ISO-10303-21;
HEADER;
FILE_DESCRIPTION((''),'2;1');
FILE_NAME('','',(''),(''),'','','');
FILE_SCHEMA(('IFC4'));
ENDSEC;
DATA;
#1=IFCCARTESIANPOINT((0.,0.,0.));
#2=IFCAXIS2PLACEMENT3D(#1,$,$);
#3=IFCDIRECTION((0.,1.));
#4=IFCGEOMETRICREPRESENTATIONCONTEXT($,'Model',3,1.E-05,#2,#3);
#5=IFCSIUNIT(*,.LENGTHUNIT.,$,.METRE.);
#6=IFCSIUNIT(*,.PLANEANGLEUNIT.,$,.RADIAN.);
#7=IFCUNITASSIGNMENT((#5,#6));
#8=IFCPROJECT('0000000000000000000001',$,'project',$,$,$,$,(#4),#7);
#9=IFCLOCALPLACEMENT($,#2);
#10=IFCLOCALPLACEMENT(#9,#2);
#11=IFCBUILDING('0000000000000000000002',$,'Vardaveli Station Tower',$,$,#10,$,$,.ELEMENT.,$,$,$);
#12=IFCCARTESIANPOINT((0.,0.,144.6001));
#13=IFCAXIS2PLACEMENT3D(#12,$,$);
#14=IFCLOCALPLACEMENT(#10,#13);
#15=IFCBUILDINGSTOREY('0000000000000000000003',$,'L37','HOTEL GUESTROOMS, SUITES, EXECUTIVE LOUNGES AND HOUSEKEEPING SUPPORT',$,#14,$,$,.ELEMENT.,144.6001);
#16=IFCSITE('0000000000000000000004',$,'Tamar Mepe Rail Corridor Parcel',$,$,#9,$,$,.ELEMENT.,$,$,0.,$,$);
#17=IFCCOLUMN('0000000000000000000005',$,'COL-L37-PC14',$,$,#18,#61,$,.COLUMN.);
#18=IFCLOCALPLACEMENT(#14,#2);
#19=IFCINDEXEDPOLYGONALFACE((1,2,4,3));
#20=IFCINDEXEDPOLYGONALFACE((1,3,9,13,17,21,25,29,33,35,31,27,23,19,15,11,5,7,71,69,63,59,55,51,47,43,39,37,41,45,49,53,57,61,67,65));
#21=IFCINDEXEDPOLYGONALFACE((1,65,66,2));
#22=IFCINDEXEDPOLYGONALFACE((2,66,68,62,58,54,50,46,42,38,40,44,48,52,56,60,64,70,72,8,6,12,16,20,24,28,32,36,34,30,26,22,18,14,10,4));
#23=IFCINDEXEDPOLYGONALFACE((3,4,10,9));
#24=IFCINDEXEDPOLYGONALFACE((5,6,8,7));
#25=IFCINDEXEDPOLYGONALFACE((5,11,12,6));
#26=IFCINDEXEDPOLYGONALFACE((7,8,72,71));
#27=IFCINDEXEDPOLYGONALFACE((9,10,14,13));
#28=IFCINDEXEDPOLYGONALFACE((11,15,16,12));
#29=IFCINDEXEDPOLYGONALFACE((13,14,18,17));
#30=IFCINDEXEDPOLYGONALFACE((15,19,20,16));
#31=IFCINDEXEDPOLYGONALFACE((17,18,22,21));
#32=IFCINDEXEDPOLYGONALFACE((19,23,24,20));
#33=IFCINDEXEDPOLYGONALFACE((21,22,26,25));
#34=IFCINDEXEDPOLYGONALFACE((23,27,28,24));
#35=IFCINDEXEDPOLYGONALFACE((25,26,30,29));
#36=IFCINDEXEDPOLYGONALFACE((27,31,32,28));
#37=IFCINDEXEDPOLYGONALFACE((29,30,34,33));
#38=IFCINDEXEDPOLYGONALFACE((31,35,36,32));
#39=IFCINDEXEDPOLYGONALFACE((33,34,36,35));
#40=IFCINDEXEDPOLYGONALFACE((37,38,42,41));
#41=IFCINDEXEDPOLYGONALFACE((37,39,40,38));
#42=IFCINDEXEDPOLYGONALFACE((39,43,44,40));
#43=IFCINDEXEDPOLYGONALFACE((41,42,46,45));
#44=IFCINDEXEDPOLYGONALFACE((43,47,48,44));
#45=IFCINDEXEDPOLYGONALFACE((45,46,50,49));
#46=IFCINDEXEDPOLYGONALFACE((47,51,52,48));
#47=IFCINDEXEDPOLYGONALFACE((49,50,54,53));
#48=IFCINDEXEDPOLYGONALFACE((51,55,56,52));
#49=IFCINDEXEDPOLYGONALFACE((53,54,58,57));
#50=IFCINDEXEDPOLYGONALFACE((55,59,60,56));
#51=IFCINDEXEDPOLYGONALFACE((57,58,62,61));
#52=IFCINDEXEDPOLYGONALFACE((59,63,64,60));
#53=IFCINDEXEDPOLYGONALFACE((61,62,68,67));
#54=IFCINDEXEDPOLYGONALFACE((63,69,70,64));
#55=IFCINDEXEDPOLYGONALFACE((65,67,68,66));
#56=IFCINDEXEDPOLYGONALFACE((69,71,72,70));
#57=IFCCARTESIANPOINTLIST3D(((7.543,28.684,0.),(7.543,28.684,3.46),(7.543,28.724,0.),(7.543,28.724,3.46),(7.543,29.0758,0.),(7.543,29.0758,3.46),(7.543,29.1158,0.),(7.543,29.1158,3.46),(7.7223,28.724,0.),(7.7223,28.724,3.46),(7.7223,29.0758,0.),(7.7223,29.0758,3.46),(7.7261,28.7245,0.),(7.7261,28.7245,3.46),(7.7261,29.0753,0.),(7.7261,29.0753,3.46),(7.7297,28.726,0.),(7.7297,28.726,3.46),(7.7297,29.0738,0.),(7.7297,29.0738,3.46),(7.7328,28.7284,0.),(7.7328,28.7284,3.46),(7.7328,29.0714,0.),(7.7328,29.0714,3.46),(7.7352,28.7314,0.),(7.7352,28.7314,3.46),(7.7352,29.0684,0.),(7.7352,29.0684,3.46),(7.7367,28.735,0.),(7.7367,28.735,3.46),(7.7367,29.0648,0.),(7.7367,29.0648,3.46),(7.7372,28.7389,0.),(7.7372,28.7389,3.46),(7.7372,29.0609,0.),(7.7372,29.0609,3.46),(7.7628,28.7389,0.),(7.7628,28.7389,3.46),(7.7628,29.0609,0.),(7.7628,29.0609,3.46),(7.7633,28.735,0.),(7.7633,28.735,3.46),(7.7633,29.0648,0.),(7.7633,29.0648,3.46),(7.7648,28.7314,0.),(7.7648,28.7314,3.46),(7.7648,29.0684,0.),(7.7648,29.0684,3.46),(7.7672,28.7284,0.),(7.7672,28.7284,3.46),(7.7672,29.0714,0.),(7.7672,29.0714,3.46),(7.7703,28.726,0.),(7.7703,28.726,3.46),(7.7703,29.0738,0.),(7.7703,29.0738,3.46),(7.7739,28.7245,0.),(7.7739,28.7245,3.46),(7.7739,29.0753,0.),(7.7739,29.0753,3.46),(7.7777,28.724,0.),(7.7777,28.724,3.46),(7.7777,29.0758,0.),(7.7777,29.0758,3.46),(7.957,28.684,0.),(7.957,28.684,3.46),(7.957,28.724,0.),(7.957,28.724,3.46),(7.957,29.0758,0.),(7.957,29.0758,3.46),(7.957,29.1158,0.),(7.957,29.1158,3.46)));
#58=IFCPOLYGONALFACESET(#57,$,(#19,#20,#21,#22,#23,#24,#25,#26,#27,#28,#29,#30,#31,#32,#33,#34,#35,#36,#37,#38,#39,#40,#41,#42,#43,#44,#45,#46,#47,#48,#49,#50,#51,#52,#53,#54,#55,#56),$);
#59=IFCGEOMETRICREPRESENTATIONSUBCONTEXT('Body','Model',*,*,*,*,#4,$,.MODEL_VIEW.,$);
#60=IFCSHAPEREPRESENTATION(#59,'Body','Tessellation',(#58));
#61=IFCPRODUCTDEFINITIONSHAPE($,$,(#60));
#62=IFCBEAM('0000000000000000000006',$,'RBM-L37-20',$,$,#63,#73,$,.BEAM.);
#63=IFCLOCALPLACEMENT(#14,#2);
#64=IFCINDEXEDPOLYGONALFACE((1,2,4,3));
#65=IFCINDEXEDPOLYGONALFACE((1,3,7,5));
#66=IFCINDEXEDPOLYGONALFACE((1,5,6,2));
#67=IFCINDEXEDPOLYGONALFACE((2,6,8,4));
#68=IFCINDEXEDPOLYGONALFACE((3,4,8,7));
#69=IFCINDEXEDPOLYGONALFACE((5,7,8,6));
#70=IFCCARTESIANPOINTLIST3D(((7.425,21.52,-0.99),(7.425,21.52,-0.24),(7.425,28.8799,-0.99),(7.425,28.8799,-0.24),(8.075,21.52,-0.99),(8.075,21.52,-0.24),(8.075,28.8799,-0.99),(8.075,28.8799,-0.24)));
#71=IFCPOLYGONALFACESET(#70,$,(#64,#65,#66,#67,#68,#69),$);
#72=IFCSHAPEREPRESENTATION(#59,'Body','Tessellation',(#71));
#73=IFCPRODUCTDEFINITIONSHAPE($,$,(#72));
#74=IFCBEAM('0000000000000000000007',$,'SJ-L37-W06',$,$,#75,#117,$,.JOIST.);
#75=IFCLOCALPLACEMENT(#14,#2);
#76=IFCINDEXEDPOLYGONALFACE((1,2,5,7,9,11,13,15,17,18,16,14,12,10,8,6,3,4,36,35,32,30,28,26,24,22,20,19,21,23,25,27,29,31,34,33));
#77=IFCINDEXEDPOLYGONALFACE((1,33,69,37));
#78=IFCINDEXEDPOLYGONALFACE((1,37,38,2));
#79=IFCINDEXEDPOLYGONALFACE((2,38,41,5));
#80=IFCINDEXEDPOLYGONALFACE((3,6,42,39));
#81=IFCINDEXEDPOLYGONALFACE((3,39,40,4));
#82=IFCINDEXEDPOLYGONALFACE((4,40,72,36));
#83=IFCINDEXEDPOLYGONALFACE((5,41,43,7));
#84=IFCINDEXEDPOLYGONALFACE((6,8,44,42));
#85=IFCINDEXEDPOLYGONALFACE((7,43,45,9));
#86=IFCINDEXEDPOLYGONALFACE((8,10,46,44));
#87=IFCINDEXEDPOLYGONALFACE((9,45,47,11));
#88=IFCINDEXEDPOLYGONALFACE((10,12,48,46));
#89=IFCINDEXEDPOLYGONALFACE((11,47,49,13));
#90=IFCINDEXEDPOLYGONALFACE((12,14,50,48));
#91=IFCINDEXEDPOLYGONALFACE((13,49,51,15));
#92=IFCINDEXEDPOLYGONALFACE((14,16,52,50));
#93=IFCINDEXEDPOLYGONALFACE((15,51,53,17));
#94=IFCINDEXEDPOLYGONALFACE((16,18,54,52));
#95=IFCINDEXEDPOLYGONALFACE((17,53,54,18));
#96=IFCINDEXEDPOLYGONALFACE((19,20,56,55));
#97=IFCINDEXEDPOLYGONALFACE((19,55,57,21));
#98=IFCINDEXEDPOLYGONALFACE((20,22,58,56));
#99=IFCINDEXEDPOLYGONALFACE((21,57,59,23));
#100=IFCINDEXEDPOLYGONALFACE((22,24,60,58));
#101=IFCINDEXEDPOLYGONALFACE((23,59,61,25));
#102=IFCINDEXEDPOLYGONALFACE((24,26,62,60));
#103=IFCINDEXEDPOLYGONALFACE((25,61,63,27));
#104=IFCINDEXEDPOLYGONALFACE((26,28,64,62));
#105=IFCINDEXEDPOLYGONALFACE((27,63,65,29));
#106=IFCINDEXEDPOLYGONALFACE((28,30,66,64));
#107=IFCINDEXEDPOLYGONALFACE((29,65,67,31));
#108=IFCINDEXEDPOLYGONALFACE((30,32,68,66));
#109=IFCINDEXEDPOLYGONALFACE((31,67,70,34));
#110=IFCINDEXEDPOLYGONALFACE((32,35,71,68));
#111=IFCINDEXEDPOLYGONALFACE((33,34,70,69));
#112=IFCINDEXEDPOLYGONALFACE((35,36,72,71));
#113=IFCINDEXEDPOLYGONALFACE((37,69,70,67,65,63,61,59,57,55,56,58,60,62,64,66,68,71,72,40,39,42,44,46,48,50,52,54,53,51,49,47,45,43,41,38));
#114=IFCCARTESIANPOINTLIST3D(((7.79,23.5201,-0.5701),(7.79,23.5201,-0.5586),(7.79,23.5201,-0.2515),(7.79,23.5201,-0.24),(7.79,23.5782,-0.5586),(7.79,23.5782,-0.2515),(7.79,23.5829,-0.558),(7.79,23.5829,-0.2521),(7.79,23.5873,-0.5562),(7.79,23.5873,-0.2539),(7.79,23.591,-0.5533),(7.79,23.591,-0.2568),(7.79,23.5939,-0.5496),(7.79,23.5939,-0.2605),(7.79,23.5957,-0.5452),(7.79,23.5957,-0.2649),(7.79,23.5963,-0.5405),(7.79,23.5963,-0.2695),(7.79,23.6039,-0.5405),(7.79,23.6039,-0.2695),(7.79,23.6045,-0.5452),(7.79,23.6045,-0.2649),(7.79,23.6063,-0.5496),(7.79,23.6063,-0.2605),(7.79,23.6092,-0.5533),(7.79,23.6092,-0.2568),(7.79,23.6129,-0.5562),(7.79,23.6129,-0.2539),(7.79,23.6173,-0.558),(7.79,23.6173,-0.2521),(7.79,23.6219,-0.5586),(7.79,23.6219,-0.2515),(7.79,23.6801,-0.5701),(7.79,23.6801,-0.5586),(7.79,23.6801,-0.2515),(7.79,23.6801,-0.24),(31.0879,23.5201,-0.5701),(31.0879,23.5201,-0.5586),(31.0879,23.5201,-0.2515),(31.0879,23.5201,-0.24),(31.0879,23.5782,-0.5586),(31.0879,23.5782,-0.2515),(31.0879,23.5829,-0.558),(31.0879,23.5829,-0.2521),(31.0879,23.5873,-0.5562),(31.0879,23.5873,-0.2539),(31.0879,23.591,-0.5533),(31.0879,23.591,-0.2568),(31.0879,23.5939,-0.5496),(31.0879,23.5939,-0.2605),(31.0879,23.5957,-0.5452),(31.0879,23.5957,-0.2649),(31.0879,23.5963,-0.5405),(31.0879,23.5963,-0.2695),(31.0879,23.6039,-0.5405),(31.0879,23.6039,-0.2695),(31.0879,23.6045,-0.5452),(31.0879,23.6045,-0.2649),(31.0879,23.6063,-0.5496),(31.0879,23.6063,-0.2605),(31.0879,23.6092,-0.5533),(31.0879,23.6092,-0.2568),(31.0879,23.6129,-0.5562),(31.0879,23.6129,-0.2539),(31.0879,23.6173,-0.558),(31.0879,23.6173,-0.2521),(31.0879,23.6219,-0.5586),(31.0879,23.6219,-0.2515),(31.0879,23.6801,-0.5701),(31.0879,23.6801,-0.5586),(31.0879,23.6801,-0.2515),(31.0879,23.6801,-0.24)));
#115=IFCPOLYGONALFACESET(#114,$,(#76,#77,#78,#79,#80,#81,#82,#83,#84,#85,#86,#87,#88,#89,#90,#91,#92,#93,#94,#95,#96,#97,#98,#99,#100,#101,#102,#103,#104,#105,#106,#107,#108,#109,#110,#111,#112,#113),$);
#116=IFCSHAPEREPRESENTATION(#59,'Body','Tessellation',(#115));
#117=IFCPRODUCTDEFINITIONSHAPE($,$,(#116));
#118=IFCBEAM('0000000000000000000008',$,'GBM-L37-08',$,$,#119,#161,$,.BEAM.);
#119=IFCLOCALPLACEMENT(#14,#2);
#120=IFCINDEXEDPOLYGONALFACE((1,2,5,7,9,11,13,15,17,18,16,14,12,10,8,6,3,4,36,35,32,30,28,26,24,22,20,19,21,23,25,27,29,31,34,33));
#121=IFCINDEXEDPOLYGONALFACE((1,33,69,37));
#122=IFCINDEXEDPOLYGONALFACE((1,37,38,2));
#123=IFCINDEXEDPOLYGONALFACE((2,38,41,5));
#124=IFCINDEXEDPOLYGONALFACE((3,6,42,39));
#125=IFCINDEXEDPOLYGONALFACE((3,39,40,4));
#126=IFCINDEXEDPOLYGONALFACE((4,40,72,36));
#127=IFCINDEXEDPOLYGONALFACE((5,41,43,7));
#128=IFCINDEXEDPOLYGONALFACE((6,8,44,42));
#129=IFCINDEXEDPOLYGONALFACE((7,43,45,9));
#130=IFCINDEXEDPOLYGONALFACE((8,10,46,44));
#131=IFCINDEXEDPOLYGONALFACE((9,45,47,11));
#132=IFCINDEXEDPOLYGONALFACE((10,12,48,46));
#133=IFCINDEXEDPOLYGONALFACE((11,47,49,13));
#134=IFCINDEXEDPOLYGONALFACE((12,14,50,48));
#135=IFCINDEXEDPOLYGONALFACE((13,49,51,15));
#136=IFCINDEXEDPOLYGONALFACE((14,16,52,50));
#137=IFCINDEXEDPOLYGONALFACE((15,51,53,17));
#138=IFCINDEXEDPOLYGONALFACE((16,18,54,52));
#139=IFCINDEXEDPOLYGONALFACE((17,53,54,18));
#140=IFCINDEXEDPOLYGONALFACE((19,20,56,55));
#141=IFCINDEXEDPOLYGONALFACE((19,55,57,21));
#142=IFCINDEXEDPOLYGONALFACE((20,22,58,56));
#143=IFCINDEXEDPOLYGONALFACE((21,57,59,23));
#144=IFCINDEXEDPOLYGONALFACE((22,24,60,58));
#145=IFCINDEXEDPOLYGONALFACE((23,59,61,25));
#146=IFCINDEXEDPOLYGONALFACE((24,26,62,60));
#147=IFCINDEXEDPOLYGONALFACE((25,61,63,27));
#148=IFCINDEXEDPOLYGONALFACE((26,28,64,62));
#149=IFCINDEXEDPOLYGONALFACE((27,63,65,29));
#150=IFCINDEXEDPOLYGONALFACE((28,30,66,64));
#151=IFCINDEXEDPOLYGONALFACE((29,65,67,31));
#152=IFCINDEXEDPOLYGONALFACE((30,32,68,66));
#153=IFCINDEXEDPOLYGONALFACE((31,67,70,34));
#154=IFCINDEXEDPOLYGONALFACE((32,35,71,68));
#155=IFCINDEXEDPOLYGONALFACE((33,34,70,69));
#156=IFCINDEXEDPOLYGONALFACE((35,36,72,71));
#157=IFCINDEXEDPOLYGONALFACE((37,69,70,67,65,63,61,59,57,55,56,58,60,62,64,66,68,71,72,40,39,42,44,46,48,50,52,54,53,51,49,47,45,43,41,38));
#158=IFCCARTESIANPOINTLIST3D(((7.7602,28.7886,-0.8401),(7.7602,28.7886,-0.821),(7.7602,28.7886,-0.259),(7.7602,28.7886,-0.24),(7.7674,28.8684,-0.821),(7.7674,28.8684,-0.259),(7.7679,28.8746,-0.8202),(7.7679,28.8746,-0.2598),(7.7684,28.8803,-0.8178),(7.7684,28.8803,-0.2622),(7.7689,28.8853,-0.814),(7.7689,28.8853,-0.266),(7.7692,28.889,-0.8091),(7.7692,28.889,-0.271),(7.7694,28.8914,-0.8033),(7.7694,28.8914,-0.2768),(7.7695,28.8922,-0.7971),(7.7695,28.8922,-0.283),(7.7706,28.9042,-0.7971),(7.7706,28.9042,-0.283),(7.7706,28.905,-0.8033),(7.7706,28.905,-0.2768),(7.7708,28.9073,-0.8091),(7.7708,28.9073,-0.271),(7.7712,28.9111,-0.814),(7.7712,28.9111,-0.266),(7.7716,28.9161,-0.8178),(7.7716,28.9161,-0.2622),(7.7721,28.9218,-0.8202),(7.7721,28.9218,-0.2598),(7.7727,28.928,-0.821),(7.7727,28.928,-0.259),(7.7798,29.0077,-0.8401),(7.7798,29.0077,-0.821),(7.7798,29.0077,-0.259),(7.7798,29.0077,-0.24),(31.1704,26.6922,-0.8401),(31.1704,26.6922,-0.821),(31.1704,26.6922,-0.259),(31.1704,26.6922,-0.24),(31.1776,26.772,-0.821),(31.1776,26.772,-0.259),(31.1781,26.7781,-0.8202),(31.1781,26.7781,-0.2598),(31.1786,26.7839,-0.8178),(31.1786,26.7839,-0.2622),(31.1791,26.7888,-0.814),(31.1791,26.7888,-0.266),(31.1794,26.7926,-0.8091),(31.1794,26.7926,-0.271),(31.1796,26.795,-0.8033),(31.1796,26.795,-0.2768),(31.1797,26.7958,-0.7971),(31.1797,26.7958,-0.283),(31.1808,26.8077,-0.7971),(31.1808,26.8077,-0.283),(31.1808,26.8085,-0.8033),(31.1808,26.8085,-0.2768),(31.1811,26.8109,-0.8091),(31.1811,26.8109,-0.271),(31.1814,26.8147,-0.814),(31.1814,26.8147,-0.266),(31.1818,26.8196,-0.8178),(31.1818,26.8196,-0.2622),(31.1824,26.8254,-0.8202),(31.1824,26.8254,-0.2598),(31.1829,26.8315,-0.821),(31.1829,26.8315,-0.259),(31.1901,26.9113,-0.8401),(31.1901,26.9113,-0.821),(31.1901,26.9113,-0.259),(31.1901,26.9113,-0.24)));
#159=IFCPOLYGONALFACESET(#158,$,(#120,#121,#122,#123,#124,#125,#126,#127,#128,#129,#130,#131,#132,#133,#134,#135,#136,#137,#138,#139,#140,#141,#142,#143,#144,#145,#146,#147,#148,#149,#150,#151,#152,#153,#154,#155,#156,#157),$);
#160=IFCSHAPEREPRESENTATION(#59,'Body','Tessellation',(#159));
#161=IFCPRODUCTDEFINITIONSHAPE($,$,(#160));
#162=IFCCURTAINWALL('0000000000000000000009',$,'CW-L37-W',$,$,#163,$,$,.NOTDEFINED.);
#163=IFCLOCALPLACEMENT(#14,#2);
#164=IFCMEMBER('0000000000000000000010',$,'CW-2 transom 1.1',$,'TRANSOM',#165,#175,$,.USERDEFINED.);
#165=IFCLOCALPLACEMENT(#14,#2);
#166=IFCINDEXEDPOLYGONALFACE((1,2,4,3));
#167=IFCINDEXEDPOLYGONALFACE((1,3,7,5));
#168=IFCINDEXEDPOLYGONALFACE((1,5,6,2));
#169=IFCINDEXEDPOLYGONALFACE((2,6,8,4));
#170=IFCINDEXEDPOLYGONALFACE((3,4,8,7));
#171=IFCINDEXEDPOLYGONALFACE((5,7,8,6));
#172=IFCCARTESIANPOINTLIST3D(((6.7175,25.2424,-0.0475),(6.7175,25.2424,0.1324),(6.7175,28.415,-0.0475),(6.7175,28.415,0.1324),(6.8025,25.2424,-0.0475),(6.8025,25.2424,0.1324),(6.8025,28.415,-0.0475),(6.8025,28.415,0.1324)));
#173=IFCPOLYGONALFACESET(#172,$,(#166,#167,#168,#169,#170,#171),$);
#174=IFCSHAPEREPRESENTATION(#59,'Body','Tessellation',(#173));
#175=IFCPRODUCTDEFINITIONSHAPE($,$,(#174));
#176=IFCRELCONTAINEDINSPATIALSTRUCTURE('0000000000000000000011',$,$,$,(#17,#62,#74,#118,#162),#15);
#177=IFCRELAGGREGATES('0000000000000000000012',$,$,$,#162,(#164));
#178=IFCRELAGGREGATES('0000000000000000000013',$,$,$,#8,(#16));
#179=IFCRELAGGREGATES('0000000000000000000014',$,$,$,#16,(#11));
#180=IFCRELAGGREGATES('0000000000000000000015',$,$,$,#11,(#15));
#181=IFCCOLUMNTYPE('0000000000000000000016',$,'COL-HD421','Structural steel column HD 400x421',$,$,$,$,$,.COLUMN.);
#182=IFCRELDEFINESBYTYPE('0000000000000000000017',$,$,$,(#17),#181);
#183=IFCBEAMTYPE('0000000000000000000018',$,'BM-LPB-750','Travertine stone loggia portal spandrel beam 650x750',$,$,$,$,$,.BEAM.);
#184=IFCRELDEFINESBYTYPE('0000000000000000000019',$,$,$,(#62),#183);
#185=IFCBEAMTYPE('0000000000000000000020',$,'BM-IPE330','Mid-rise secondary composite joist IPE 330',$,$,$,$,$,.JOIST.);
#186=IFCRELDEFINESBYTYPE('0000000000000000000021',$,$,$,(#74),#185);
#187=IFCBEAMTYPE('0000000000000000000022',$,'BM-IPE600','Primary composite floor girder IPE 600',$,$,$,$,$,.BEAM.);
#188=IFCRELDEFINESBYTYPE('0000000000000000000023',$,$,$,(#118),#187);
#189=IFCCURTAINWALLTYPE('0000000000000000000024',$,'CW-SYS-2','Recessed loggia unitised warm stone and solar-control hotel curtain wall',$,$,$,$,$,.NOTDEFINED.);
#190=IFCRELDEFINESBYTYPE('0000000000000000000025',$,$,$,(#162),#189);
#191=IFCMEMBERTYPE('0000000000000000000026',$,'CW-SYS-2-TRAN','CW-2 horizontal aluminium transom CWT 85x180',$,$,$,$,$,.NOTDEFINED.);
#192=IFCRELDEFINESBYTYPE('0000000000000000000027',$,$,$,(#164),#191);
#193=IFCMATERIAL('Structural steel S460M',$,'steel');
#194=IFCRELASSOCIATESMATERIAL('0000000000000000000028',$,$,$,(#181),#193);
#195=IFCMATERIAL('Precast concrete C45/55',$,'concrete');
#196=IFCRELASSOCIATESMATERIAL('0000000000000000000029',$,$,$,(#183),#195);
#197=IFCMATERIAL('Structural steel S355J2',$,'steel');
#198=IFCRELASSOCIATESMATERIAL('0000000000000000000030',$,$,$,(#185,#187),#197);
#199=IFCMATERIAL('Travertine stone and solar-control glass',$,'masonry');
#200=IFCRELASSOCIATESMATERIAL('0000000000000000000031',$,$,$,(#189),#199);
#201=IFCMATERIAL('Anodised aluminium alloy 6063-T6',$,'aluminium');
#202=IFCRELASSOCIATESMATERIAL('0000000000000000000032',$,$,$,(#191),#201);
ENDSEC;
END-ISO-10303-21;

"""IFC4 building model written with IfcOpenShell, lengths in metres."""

from ifc_helpers import new_model, si_unit, direction, frame, origin, origin_2d, place, context, subcontext, project, spatial, rectangle, i_section, extrude, source, transform, mapped, material, material_profile, profile_set, type_object, element, aggregate, save


model = new_model("IFC4")

# Units and contexts
model_context = context("Model", 3, precision=1e-05, world=origin(), true_north=direction((0.0, 1.0)))
body_context = subcontext(model_context, "Body", "Model", "MODEL_VIEW")
ifc_project = project(units=[si_unit("LENGTHUNIT", "METRE"), si_unit("PLANEANGLEUNIT", "RADIAN")], contexts=[model_context])

# Site, building, storey
site_placement = place(None, origin())
site = spatial("IfcSite", under=ifc_project, at=site_placement, Name="Tamar Mepe Rail Corridor Parcel", CompositionType="ELEMENT", RefElevation=0.0)
building_placement = place(site_placement, origin())
building = spatial("IfcBuilding", under=site, at=building_placement, Name="Vardaveli Station Tower", CompositionType="ELEMENT")
storey_placement = place(building_placement, frame((0.0, 0.0, 144.6001)))
storey = spatial("IfcBuildingStorey", under=building, at=storey_placement, Name="L37", Description="HOTEL GUESTROOMS, SUITES, EXECUTIVE LOUNGES AND HOUSEKEEPING SUPPORT", CompositionType="ELEMENT", Elevation=144.6001)

# Column
ifc_material_1 = material(Name="Structural steel S460M", Category="steel")
ifc_material_profile_1 = material_profile(ifc_material_1, i_section(OverallWidth=0.4141, OverallDepth=0.4319, WebThickness=0.0256, FlangeThickness=0.04, FilletRadius=0.0149, at=origin_2d()), Name="HD 400x421")
ifc_profile_set_1 = profile_set([ifc_material_profile_1], Name="Structural steel S460M")
column_type = type_object("IfcColumnType", Name="COL-HD421", Description="Structural steel column HD 400x421", PredefinedType="COLUMN", material=ifc_profile_set_1)
shared_shape_1 = source(origin(), body_context, "Body", "SweptSolid", [
    extrude(i_section(OverallWidth=0.4141, OverallDepth=0.4319, WebThickness=0.0256, FlangeThickness=0.04, FilletRadius=0.0149, at=origin_2d()), origin(), (0.0, 0.0, 1.0), 3.46),
])
column_placement = place(storey_placement, frame((7.75, 28.8999, 0.0), z_axis=(0.0, 0.0, 1.0), x_axis=(1.0, 0.0, 0.0)))
element("IfcColumn", 1, at=column_placement, inside=storey, type_object=column_type, Name="COL-L37-PC14", PredefinedType="COLUMN", context=body_context, shape_type="MappedRepresentation", body=[
    mapped(shared_shape_1, transform((0.0, 0.0, 0.0), scale=1.0)),
])

# Beams
ifc_material_2 = material(Name="Precast concrete C45/55", Category="concrete")
ifc_material_profile_2 = material_profile(ifc_material_2, rectangle(XDim=0.6499, YDim=0.75, at=origin_2d()), Name="LPB 650x750")
ifc_profile_set_2 = profile_set([ifc_material_profile_2], Name="Precast concrete C45/55")
beam_type_1 = type_object("IfcBeamType", Name="BM-LPB-750", Description="Travertine stone loggia portal spandrel beam 650x750", PredefinedType="BEAM", material=ifc_profile_set_2)
shared_shape_2 = source(origin(), body_context, "Body", "SweptSolid", [
    extrude(rectangle(XDim=0.6499, YDim=0.75, at=origin_2d()), origin(), (0.0, 0.0, 1.0), 7.3599),
])
beam_1_placement = place(storey_placement, frame((7.75, 28.8799, -0.615), z_axis=(0.0, -1.0, 0.0), x_axis=(1.0, 0.0, 0.0)))
element("IfcBeam", 2, at=beam_1_placement, inside=storey, type_object=beam_type_1, Name="RBM-L37-20", PredefinedType="BEAM", context=body_context, shape_type="MappedRepresentation", body=[
    mapped(shared_shape_2, transform((0.0, 0.0, 0.0), scale=1.0)),
])
ifc_material_3 = material(Name="Structural steel S355J2", Category="steel")
ifc_material_profile_3 = material_profile(ifc_material_3, i_section(OverallWidth=0.1599, OverallDepth=0.3301, WebThickness=0.0076, FlangeThickness=0.0115, FilletRadius=0.0181, at=origin_2d()), Name="IPE 330")
ifc_profile_set_3 = profile_set([ifc_material_profile_3], Name="Structural steel S355J2")
beam_type_2 = type_object("IfcBeamType", Name="BM-IPE330", Description="Mid-rise secondary composite joist IPE 330", PredefinedType="JOIST", material=ifc_profile_set_3)
shared_shape_3 = source(origin(), body_context, "Body", "SweptSolid", [
    extrude(i_section(OverallWidth=0.1599, OverallDepth=0.3301, WebThickness=0.0076, FlangeThickness=0.0115, FilletRadius=0.0181, at=origin_2d()), origin(), (0.0, 0.0, 1.0), 23.2979),
])
beam_2_placement = place(storey_placement, frame((7.79, 23.6001, -0.405), z_axis=(1.0, 0.0, 0.0), x_axis=(0.0, 1.0, 0.0)))
element("IfcBeam", 3, at=beam_2_placement, inside=storey, type_object=beam_type_2, Name="SJ-L37-W06", PredefinedType="JOIST", context=body_context, shape_type="MappedRepresentation", body=[
    mapped(shared_shape_3, transform((0.0, 0.0, 0.0), scale=1.0)),
])
ifc_material_profile_4 = material_profile(ifc_material_3, i_section(OverallWidth=0.22, OverallDepth=0.6001, WebThickness=0.012, FlangeThickness=0.019, FilletRadius=0.0239, at=origin_2d()), Name="IPE 600")
ifc_profile_set_4 = profile_set([ifc_material_profile_4], Name="Structural steel S355J2")
beam_type_3 = type_object("IfcBeamType", Name="BM-IPE600", Description="Primary composite floor girder IPE 600", PredefinedType="BEAM", material=ifc_profile_set_4)
shared_shape_4 = source(origin(), body_context, "Body", "SweptSolid", [
    extrude(i_section(OverallWidth=0.22, OverallDepth=0.6001, WebThickness=0.012, FlangeThickness=0.019, FilletRadius=0.0239, at=origin_2d()), origin(), (0.0, 0.0, 1.0), 23.5039),
])
beam_3_placement = place(storey_placement, frame((7.77, 28.8982, -0.54), z_axis=(0.996014, -0.089195, 0.0), x_axis=(0.089195, 0.996014, 0.0)))
element("IfcBeam", 4, at=beam_3_placement, inside=storey, type_object=beam_type_3, Name="GBM-L37-08", PredefinedType="BEAM", context=body_context, shape_type="MappedRepresentation", body=[
    mapped(shared_shape_4, transform((0.0, 0.0, 0.0), scale=1.0)),
])

# Curtain wall, member
ifc_material_4 = material(Name="Travertine stone and solar-control glass", Category="masonry")
curtain_wall_type = type_object("IfcCurtainWallType", Name="CW-SYS-2", Description="Recessed loggia unitised warm stone and solar-control hotel curtain wall", PredefinedType="NOTDEFINED", material=ifc_material_4)
curtain_wall_placement = place(storey_placement, origin())
curtain_wall = element("IfcCurtainWall", 5, at=curtain_wall_placement, inside=storey, type_object=curtain_wall_type, Name="CW-L37-W", PredefinedType="NOTDEFINED")
ifc_material_5 = material(Name="Anodised aluminium alloy 6063-T6", Category="aluminium")
ifc_material_profile_5 = material_profile(ifc_material_5, rectangle(XDim=0.085, YDim=0.1799, at=origin_2d()), Name="CWT 85x180")
ifc_profile_set_5 = profile_set([ifc_material_profile_5], Name="Anodised aluminium alloy 6063-T6")
member_type_1 = type_object("IfcMemberType", Name="CW-SYS-2-TRAN", Description="CW-2 horizontal aluminium transom CWT 85x180", PredefinedType="NOTDEFINED", material=ifc_profile_set_5)
shared_shape_5 = source(origin(), body_context, "Body", "SweptSolid", [
    extrude(rectangle(XDim=0.085, YDim=0.1799, at=origin_2d()), origin(), (0.0, 0.0, 1.0), 3.1726),
])
member_1_placement = place(storey_placement, frame((6.76, 28.415, 0.0425), z_axis=(0.0, -1.0, 0.0), x_axis=(1.0, 0.0, 0.0)))
member_1 = element("IfcMember", 6, at=member_1_placement, type_object=member_type_1, Name="CW-2 transom 1.1", ObjectType="TRANSOM", PredefinedType="USERDEFINED", context=body_context, shape_type="MappedRepresentation", body=[
    mapped(shared_shape_5, transform((0.0, 0.0, 0.0), scale=1.0)),
])
aggregate(curtain_wall, [member_1])

save(model, "model.ifc")
